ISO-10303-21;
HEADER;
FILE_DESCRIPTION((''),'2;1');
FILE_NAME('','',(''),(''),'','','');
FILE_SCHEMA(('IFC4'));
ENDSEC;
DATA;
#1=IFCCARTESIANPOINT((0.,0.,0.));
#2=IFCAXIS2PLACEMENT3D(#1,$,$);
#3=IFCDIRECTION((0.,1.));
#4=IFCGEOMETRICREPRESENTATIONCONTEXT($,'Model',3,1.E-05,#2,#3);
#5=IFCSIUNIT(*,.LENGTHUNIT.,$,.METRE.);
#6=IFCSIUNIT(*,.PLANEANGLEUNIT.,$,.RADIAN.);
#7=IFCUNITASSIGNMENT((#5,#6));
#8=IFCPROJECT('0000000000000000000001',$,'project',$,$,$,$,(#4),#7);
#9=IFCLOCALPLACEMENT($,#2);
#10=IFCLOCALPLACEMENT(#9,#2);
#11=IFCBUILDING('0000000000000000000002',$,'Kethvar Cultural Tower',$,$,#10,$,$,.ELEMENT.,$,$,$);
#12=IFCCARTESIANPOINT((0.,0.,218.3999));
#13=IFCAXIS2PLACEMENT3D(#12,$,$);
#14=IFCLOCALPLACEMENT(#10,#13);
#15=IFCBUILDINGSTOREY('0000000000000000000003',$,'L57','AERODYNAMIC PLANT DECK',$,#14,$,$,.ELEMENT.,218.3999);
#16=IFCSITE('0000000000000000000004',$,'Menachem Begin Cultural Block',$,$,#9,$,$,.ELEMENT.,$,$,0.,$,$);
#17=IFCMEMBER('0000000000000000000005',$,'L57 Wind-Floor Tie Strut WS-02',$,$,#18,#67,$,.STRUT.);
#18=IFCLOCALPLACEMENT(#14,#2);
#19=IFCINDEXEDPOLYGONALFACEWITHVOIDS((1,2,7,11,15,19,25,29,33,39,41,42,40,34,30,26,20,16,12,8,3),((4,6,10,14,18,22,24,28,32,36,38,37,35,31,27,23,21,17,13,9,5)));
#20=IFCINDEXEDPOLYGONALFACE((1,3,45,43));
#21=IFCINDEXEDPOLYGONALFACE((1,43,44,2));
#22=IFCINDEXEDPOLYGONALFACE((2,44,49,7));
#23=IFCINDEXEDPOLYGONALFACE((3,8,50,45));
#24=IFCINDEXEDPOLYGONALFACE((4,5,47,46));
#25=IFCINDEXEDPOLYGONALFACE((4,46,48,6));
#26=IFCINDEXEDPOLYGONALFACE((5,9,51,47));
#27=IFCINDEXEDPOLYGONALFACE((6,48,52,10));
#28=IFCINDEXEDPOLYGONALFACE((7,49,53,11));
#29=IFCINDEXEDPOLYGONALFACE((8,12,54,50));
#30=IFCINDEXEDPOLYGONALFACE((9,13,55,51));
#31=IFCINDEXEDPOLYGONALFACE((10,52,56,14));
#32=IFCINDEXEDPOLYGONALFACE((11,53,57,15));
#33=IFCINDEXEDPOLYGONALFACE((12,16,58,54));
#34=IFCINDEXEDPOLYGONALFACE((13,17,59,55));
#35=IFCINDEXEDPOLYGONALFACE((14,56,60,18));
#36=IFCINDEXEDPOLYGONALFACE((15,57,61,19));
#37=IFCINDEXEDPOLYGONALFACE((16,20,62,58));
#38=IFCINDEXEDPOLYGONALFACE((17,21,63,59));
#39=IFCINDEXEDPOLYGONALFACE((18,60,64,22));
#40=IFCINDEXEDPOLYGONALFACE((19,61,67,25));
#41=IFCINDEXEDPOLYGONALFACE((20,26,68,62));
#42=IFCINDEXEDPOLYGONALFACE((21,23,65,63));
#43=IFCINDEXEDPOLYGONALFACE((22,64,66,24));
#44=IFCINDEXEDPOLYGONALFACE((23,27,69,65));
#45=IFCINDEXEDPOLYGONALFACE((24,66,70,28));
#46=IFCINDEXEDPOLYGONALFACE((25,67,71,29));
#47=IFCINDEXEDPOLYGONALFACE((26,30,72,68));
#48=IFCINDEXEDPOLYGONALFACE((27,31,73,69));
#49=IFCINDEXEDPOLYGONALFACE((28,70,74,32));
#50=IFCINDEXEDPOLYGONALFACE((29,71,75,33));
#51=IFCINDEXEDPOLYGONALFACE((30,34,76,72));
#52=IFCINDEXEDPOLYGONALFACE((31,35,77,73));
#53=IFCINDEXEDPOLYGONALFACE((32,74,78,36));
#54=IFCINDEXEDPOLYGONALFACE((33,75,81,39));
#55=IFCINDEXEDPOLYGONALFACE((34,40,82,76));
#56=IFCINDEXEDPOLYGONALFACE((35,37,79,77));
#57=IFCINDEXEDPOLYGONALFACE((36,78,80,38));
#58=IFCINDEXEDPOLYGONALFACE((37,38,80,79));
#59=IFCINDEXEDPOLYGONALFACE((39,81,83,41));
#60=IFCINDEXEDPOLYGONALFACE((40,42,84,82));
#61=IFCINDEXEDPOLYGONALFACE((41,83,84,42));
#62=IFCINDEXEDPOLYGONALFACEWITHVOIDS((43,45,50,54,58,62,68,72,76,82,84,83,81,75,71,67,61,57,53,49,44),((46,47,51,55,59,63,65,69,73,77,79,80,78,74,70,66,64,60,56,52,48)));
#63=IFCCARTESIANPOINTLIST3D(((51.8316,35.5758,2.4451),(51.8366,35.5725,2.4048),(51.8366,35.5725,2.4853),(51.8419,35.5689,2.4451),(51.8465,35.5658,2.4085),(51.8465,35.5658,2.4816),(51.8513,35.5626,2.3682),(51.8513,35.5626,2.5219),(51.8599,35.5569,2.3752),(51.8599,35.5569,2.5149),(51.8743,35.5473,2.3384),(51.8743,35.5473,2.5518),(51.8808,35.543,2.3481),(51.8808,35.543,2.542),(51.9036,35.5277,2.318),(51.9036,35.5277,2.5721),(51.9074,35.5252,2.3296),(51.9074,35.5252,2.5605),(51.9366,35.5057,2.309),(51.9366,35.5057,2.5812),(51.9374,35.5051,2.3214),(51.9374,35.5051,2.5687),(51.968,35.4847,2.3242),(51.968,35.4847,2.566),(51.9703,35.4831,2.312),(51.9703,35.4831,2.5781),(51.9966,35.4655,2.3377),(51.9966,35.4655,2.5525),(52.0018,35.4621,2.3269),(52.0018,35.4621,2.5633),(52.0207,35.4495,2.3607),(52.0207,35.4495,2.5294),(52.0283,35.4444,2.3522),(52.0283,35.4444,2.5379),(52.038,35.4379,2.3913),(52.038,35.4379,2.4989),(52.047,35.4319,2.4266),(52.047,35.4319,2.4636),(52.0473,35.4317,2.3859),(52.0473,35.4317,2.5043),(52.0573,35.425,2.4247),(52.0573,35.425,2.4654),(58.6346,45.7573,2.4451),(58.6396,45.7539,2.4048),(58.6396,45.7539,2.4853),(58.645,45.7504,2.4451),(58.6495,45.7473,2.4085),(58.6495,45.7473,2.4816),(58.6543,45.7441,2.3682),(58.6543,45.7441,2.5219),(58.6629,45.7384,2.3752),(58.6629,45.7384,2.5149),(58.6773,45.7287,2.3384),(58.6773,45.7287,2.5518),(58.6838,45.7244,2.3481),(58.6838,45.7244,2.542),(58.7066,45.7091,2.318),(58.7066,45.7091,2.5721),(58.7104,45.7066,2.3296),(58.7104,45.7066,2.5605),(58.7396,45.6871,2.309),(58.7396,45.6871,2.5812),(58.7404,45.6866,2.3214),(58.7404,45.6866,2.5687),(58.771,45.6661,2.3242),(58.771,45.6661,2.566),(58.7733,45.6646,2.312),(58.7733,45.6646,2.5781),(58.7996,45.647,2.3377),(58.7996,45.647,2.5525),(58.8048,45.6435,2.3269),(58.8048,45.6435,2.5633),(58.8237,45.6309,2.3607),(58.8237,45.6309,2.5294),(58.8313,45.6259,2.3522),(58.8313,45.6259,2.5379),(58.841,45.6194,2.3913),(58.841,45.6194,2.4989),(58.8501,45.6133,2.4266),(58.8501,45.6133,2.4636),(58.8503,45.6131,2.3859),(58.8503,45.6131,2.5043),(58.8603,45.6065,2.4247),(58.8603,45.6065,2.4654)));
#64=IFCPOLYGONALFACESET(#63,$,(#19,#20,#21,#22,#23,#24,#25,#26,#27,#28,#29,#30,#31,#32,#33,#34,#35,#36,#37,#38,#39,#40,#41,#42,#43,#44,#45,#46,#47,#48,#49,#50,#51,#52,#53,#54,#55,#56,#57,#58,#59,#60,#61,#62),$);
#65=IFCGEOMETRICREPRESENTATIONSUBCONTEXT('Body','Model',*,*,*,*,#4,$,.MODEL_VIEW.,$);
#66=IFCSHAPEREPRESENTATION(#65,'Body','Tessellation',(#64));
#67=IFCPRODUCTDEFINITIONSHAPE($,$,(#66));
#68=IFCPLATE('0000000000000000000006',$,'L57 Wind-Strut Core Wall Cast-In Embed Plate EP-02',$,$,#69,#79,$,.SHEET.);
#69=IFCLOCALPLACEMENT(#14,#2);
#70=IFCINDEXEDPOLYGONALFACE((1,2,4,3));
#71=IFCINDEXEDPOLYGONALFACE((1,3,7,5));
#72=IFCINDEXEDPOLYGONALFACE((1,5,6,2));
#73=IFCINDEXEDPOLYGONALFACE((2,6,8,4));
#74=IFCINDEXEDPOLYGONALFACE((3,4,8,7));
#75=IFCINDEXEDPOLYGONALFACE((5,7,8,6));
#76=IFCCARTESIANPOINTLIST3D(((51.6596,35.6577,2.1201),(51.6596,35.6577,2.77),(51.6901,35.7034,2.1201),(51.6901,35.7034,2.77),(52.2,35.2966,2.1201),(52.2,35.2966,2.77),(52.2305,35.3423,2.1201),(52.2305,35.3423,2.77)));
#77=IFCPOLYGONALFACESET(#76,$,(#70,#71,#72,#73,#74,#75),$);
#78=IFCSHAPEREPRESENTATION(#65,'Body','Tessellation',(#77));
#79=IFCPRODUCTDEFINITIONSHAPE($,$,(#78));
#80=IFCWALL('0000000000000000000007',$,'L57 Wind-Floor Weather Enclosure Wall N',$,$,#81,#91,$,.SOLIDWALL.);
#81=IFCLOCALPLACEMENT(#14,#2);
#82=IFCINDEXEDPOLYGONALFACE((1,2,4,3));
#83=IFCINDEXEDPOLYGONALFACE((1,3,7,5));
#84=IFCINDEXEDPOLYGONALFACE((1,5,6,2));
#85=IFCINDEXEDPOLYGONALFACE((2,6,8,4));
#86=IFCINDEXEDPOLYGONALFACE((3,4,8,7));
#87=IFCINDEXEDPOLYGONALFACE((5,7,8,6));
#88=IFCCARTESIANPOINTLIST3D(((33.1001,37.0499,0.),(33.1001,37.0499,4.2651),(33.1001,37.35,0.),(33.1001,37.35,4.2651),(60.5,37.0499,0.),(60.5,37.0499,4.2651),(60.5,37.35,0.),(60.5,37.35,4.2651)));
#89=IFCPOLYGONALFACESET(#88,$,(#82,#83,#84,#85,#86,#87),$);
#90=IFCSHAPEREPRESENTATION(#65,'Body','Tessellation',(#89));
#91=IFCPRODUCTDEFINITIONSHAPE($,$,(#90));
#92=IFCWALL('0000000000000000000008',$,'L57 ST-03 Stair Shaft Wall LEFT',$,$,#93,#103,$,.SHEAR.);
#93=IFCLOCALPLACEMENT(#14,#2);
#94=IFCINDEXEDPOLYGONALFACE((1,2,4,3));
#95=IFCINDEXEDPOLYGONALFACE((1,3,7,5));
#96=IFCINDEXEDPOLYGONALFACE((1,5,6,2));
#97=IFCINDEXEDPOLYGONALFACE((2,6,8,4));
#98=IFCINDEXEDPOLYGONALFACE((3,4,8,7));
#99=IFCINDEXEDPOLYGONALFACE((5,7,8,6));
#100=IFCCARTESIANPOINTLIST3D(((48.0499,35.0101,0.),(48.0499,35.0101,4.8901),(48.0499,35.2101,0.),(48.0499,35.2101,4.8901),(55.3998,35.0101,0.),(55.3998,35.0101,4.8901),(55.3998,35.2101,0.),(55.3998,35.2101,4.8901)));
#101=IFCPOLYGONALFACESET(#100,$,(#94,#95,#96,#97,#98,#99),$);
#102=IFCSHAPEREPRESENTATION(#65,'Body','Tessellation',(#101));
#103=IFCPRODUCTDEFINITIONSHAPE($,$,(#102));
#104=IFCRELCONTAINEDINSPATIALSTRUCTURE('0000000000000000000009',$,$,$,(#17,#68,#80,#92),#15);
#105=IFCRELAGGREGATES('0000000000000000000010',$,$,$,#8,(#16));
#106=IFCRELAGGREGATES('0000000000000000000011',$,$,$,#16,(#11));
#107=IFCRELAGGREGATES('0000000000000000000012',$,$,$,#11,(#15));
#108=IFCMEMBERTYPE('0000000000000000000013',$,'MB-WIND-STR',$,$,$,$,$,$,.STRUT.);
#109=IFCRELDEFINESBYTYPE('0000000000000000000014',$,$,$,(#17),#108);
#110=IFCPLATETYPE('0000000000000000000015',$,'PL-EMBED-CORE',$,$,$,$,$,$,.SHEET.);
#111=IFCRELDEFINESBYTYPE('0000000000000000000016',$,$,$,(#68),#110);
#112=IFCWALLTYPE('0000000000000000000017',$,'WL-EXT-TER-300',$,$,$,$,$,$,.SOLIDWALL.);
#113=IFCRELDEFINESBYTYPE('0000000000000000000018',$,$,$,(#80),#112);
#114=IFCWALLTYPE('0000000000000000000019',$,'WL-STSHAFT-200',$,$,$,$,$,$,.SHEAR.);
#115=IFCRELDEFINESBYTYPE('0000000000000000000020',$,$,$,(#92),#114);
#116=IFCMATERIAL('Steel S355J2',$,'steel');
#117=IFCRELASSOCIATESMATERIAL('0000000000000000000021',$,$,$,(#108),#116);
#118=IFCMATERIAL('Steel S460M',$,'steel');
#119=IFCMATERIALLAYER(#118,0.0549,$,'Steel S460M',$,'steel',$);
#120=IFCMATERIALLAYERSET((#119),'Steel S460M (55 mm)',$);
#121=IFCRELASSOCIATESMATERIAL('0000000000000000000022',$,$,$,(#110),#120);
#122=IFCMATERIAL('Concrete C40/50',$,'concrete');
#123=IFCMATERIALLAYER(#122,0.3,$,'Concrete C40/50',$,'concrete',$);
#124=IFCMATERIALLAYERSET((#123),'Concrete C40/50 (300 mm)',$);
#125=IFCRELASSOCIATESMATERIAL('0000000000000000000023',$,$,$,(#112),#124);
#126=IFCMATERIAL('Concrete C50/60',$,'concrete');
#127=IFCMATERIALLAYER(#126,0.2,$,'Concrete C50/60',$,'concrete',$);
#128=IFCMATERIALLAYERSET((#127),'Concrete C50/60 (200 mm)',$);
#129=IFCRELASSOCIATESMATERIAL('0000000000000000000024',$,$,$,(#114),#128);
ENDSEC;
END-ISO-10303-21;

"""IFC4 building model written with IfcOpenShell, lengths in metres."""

from ifc_helpers import new_model, si_unit, direction, frame, frame_2d, origin, origin_2d, place, context, subcontext, project, spatial, rectangle, hollow_circle, extrude, source, transform, mapped, material, layer, layer_set, material_profile, profile_set, type_object, element, save


model = new_model("IFC4")

# Units and contexts
model_context = context("Model", 3, precision=1e-05, world=origin(), true_north=direction((0.0, 1.0)))
body_context = subcontext(model_context, "Body", "Model", "MODEL_VIEW")
ifc_project = project(units=[si_unit("LENGTHUNIT", "METRE"), si_unit("PLANEANGLEUNIT", "RADIAN")], contexts=[model_context])

# Site, building, storey
site_placement = place(None, origin())
site = spatial("IfcSite", under=ifc_project, at=site_placement, Name="Menachem Begin Cultural Block", CompositionType="ELEMENT", RefElevation=0.0)
building_placement = place(site_placement, origin())
building = spatial("IfcBuilding", under=site, at=building_placement, Name="Kethvar Cultural Tower", CompositionType="ELEMENT")
storey_placement = place(building_placement, frame((0.0, 0.0, 218.3999)))
storey = spatial("IfcBuildingStorey", under=building, at=storey_placement, Name="L57", Description="AERODYNAMIC PLANT DECK", CompositionType="ELEMENT", Elevation=218.3999)

# Shared definitions
ifc_material_1 = material(Name="Steel S460M", Category="steel")

# Shared definitions
ifc_material_2 = material(Name="Steel S355J2", Category="steel")

# Member
ifc_material_profile_1 = material_profile(ifc_material_2, hollow_circle(Radius=0.1365, WallThickness=0.0125, at=origin_2d()), Name="Steel S355J2 — CHS273x12.5")
ifc_profile_set_1 = profile_set([ifc_material_profile_1], Name="Steel S355J2 — CHS273x12.5")
member_type = type_object("IfcMemberType", Name="MB-WIND-STR", PredefinedType="STRUT", material=ifc_profile_set_1)
shared_shape_1 = source(origin(), body_context, "Body", "SweptSolid", [
    extrude(hollow_circle(Radius=0.1365, WallThickness=0.0125, at=origin_2d()), origin(), (0.0, 0.0, 1.0), 12.2451),
])
member_placement = place(storey_placement, frame((51.9451, 35.5, 2.4451), z_axis=(0.555569, 0.83147, 0.0), x_axis=(-0.83147, 0.555569, 0.0)))
element("IfcMember", 1, at=member_placement, inside=storey, type_object=member_type, Name="L57 Wind-Floor Tie Strut WS-02", PredefinedType="STRUT", context=body_context, shape_type="MappedRepresentation", body=[
    mapped(shared_shape_1, transform((0.0, 0.0, 0.0), scale=1.0)),
])

# Plate
ifc_layer_1 = layer(ifc_material_1, 0.0549, Name="Steel S460M", Category="steel")
ifc_layer_set_1 = layer_set([ifc_layer_1], Name="Steel S460M (55 mm)")
plate_type = type_object("IfcPlateType", Name="PL-EMBED-CORE", PredefinedType="SHEET", material=ifc_layer_set_1)
shared_shape_2 = source(origin(), body_context, "Body", "SweptSolid", [
    extrude(rectangle(XDim=0.0549, YDim=0.6499, at=origin_2d()), origin(), (0.0, 0.0, 1.0), 0.6499),
])
plate_placement = place(storey_placement, frame((51.9451, 35.5, 2.1201), z_axis=(0.0, 0.0, 1.0), x_axis=(0.55557, 0.83147, 0.0)))
element("IfcPlate", 2, at=plate_placement, inside=storey, type_object=plate_type, Name="L57 Wind-Strut Core Wall Cast-In Embed Plate EP-02", PredefinedType="SHEET", context=body_context, shape_type="MappedRepresentation", body=[
    mapped(shared_shape_2, transform((0.0, 0.0, 0.0), scale=1.0)),
])

# Shared definitions
ifc_material_3 = material(Name="Concrete C50/60", Category="concrete")

# Walls
ifc_material_4 = material(Name="Concrete C40/50", Category="concrete")
ifc_layer_2 = layer(ifc_material_4, 0.3, Name="Concrete C40/50", Category="concrete")
ifc_layer_set_2 = layer_set([ifc_layer_2], Name="Concrete C40/50 (300 mm)")
wall_type_1 = type_object("IfcWallType", Name="WL-EXT-TER-300", PredefinedType="SOLIDWALL", material=ifc_layer_set_2)
wall_1_placement = place(storey_placement, frame((60.5, 37.2, 0.0), z_axis=(0.0, 0.0, 1.0), x_axis=(-1.0, 0.0, 0.0)))
element("IfcWall", 3, at=wall_1_placement, inside=storey, type_object=wall_type_1, Name="L57 Wind-Floor Weather Enclosure Wall N", PredefinedType="SOLIDWALL", context=body_context, shape_type="SweptSolid", body=[
    extrude(rectangle(XDim=27.3999, YDim=0.3, at=frame_2d((13.7, 0.0))), origin(), (0.0, 0.0, 1.0), 4.2651),
])
ifc_layer_3 = layer(ifc_material_3, 0.2, Name="Concrete C50/60", Category="concrete")
ifc_layer_set_3 = layer_set([ifc_layer_3], Name="Concrete C50/60 (200 mm)")
wall_type_2 = type_object("IfcWallType", Name="WL-STSHAFT-200", PredefinedType="SHEAR", material=ifc_layer_set_3)
wall_2_placement = place(storey_placement, frame((48.05, 35.1101, 0.0), z_axis=(0.0, 0.0, 1.0), x_axis=(1.0, 0.0, 0.0)))
element("IfcWall", 4, at=wall_2_placement, inside=storey, type_object=wall_type_2, Name="L57 ST-03 Stair Shaft Wall LEFT", PredefinedType="SHEAR", context=body_context, shape_type="SweptSolid", body=[
    extrude(rectangle(XDim=7.3499, YDim=0.2, at=frame_2d((3.6748, 0.0))), origin(), (0.0, 0.0, 1.0), 4.8901),
])

save(model, "model.ifc")
